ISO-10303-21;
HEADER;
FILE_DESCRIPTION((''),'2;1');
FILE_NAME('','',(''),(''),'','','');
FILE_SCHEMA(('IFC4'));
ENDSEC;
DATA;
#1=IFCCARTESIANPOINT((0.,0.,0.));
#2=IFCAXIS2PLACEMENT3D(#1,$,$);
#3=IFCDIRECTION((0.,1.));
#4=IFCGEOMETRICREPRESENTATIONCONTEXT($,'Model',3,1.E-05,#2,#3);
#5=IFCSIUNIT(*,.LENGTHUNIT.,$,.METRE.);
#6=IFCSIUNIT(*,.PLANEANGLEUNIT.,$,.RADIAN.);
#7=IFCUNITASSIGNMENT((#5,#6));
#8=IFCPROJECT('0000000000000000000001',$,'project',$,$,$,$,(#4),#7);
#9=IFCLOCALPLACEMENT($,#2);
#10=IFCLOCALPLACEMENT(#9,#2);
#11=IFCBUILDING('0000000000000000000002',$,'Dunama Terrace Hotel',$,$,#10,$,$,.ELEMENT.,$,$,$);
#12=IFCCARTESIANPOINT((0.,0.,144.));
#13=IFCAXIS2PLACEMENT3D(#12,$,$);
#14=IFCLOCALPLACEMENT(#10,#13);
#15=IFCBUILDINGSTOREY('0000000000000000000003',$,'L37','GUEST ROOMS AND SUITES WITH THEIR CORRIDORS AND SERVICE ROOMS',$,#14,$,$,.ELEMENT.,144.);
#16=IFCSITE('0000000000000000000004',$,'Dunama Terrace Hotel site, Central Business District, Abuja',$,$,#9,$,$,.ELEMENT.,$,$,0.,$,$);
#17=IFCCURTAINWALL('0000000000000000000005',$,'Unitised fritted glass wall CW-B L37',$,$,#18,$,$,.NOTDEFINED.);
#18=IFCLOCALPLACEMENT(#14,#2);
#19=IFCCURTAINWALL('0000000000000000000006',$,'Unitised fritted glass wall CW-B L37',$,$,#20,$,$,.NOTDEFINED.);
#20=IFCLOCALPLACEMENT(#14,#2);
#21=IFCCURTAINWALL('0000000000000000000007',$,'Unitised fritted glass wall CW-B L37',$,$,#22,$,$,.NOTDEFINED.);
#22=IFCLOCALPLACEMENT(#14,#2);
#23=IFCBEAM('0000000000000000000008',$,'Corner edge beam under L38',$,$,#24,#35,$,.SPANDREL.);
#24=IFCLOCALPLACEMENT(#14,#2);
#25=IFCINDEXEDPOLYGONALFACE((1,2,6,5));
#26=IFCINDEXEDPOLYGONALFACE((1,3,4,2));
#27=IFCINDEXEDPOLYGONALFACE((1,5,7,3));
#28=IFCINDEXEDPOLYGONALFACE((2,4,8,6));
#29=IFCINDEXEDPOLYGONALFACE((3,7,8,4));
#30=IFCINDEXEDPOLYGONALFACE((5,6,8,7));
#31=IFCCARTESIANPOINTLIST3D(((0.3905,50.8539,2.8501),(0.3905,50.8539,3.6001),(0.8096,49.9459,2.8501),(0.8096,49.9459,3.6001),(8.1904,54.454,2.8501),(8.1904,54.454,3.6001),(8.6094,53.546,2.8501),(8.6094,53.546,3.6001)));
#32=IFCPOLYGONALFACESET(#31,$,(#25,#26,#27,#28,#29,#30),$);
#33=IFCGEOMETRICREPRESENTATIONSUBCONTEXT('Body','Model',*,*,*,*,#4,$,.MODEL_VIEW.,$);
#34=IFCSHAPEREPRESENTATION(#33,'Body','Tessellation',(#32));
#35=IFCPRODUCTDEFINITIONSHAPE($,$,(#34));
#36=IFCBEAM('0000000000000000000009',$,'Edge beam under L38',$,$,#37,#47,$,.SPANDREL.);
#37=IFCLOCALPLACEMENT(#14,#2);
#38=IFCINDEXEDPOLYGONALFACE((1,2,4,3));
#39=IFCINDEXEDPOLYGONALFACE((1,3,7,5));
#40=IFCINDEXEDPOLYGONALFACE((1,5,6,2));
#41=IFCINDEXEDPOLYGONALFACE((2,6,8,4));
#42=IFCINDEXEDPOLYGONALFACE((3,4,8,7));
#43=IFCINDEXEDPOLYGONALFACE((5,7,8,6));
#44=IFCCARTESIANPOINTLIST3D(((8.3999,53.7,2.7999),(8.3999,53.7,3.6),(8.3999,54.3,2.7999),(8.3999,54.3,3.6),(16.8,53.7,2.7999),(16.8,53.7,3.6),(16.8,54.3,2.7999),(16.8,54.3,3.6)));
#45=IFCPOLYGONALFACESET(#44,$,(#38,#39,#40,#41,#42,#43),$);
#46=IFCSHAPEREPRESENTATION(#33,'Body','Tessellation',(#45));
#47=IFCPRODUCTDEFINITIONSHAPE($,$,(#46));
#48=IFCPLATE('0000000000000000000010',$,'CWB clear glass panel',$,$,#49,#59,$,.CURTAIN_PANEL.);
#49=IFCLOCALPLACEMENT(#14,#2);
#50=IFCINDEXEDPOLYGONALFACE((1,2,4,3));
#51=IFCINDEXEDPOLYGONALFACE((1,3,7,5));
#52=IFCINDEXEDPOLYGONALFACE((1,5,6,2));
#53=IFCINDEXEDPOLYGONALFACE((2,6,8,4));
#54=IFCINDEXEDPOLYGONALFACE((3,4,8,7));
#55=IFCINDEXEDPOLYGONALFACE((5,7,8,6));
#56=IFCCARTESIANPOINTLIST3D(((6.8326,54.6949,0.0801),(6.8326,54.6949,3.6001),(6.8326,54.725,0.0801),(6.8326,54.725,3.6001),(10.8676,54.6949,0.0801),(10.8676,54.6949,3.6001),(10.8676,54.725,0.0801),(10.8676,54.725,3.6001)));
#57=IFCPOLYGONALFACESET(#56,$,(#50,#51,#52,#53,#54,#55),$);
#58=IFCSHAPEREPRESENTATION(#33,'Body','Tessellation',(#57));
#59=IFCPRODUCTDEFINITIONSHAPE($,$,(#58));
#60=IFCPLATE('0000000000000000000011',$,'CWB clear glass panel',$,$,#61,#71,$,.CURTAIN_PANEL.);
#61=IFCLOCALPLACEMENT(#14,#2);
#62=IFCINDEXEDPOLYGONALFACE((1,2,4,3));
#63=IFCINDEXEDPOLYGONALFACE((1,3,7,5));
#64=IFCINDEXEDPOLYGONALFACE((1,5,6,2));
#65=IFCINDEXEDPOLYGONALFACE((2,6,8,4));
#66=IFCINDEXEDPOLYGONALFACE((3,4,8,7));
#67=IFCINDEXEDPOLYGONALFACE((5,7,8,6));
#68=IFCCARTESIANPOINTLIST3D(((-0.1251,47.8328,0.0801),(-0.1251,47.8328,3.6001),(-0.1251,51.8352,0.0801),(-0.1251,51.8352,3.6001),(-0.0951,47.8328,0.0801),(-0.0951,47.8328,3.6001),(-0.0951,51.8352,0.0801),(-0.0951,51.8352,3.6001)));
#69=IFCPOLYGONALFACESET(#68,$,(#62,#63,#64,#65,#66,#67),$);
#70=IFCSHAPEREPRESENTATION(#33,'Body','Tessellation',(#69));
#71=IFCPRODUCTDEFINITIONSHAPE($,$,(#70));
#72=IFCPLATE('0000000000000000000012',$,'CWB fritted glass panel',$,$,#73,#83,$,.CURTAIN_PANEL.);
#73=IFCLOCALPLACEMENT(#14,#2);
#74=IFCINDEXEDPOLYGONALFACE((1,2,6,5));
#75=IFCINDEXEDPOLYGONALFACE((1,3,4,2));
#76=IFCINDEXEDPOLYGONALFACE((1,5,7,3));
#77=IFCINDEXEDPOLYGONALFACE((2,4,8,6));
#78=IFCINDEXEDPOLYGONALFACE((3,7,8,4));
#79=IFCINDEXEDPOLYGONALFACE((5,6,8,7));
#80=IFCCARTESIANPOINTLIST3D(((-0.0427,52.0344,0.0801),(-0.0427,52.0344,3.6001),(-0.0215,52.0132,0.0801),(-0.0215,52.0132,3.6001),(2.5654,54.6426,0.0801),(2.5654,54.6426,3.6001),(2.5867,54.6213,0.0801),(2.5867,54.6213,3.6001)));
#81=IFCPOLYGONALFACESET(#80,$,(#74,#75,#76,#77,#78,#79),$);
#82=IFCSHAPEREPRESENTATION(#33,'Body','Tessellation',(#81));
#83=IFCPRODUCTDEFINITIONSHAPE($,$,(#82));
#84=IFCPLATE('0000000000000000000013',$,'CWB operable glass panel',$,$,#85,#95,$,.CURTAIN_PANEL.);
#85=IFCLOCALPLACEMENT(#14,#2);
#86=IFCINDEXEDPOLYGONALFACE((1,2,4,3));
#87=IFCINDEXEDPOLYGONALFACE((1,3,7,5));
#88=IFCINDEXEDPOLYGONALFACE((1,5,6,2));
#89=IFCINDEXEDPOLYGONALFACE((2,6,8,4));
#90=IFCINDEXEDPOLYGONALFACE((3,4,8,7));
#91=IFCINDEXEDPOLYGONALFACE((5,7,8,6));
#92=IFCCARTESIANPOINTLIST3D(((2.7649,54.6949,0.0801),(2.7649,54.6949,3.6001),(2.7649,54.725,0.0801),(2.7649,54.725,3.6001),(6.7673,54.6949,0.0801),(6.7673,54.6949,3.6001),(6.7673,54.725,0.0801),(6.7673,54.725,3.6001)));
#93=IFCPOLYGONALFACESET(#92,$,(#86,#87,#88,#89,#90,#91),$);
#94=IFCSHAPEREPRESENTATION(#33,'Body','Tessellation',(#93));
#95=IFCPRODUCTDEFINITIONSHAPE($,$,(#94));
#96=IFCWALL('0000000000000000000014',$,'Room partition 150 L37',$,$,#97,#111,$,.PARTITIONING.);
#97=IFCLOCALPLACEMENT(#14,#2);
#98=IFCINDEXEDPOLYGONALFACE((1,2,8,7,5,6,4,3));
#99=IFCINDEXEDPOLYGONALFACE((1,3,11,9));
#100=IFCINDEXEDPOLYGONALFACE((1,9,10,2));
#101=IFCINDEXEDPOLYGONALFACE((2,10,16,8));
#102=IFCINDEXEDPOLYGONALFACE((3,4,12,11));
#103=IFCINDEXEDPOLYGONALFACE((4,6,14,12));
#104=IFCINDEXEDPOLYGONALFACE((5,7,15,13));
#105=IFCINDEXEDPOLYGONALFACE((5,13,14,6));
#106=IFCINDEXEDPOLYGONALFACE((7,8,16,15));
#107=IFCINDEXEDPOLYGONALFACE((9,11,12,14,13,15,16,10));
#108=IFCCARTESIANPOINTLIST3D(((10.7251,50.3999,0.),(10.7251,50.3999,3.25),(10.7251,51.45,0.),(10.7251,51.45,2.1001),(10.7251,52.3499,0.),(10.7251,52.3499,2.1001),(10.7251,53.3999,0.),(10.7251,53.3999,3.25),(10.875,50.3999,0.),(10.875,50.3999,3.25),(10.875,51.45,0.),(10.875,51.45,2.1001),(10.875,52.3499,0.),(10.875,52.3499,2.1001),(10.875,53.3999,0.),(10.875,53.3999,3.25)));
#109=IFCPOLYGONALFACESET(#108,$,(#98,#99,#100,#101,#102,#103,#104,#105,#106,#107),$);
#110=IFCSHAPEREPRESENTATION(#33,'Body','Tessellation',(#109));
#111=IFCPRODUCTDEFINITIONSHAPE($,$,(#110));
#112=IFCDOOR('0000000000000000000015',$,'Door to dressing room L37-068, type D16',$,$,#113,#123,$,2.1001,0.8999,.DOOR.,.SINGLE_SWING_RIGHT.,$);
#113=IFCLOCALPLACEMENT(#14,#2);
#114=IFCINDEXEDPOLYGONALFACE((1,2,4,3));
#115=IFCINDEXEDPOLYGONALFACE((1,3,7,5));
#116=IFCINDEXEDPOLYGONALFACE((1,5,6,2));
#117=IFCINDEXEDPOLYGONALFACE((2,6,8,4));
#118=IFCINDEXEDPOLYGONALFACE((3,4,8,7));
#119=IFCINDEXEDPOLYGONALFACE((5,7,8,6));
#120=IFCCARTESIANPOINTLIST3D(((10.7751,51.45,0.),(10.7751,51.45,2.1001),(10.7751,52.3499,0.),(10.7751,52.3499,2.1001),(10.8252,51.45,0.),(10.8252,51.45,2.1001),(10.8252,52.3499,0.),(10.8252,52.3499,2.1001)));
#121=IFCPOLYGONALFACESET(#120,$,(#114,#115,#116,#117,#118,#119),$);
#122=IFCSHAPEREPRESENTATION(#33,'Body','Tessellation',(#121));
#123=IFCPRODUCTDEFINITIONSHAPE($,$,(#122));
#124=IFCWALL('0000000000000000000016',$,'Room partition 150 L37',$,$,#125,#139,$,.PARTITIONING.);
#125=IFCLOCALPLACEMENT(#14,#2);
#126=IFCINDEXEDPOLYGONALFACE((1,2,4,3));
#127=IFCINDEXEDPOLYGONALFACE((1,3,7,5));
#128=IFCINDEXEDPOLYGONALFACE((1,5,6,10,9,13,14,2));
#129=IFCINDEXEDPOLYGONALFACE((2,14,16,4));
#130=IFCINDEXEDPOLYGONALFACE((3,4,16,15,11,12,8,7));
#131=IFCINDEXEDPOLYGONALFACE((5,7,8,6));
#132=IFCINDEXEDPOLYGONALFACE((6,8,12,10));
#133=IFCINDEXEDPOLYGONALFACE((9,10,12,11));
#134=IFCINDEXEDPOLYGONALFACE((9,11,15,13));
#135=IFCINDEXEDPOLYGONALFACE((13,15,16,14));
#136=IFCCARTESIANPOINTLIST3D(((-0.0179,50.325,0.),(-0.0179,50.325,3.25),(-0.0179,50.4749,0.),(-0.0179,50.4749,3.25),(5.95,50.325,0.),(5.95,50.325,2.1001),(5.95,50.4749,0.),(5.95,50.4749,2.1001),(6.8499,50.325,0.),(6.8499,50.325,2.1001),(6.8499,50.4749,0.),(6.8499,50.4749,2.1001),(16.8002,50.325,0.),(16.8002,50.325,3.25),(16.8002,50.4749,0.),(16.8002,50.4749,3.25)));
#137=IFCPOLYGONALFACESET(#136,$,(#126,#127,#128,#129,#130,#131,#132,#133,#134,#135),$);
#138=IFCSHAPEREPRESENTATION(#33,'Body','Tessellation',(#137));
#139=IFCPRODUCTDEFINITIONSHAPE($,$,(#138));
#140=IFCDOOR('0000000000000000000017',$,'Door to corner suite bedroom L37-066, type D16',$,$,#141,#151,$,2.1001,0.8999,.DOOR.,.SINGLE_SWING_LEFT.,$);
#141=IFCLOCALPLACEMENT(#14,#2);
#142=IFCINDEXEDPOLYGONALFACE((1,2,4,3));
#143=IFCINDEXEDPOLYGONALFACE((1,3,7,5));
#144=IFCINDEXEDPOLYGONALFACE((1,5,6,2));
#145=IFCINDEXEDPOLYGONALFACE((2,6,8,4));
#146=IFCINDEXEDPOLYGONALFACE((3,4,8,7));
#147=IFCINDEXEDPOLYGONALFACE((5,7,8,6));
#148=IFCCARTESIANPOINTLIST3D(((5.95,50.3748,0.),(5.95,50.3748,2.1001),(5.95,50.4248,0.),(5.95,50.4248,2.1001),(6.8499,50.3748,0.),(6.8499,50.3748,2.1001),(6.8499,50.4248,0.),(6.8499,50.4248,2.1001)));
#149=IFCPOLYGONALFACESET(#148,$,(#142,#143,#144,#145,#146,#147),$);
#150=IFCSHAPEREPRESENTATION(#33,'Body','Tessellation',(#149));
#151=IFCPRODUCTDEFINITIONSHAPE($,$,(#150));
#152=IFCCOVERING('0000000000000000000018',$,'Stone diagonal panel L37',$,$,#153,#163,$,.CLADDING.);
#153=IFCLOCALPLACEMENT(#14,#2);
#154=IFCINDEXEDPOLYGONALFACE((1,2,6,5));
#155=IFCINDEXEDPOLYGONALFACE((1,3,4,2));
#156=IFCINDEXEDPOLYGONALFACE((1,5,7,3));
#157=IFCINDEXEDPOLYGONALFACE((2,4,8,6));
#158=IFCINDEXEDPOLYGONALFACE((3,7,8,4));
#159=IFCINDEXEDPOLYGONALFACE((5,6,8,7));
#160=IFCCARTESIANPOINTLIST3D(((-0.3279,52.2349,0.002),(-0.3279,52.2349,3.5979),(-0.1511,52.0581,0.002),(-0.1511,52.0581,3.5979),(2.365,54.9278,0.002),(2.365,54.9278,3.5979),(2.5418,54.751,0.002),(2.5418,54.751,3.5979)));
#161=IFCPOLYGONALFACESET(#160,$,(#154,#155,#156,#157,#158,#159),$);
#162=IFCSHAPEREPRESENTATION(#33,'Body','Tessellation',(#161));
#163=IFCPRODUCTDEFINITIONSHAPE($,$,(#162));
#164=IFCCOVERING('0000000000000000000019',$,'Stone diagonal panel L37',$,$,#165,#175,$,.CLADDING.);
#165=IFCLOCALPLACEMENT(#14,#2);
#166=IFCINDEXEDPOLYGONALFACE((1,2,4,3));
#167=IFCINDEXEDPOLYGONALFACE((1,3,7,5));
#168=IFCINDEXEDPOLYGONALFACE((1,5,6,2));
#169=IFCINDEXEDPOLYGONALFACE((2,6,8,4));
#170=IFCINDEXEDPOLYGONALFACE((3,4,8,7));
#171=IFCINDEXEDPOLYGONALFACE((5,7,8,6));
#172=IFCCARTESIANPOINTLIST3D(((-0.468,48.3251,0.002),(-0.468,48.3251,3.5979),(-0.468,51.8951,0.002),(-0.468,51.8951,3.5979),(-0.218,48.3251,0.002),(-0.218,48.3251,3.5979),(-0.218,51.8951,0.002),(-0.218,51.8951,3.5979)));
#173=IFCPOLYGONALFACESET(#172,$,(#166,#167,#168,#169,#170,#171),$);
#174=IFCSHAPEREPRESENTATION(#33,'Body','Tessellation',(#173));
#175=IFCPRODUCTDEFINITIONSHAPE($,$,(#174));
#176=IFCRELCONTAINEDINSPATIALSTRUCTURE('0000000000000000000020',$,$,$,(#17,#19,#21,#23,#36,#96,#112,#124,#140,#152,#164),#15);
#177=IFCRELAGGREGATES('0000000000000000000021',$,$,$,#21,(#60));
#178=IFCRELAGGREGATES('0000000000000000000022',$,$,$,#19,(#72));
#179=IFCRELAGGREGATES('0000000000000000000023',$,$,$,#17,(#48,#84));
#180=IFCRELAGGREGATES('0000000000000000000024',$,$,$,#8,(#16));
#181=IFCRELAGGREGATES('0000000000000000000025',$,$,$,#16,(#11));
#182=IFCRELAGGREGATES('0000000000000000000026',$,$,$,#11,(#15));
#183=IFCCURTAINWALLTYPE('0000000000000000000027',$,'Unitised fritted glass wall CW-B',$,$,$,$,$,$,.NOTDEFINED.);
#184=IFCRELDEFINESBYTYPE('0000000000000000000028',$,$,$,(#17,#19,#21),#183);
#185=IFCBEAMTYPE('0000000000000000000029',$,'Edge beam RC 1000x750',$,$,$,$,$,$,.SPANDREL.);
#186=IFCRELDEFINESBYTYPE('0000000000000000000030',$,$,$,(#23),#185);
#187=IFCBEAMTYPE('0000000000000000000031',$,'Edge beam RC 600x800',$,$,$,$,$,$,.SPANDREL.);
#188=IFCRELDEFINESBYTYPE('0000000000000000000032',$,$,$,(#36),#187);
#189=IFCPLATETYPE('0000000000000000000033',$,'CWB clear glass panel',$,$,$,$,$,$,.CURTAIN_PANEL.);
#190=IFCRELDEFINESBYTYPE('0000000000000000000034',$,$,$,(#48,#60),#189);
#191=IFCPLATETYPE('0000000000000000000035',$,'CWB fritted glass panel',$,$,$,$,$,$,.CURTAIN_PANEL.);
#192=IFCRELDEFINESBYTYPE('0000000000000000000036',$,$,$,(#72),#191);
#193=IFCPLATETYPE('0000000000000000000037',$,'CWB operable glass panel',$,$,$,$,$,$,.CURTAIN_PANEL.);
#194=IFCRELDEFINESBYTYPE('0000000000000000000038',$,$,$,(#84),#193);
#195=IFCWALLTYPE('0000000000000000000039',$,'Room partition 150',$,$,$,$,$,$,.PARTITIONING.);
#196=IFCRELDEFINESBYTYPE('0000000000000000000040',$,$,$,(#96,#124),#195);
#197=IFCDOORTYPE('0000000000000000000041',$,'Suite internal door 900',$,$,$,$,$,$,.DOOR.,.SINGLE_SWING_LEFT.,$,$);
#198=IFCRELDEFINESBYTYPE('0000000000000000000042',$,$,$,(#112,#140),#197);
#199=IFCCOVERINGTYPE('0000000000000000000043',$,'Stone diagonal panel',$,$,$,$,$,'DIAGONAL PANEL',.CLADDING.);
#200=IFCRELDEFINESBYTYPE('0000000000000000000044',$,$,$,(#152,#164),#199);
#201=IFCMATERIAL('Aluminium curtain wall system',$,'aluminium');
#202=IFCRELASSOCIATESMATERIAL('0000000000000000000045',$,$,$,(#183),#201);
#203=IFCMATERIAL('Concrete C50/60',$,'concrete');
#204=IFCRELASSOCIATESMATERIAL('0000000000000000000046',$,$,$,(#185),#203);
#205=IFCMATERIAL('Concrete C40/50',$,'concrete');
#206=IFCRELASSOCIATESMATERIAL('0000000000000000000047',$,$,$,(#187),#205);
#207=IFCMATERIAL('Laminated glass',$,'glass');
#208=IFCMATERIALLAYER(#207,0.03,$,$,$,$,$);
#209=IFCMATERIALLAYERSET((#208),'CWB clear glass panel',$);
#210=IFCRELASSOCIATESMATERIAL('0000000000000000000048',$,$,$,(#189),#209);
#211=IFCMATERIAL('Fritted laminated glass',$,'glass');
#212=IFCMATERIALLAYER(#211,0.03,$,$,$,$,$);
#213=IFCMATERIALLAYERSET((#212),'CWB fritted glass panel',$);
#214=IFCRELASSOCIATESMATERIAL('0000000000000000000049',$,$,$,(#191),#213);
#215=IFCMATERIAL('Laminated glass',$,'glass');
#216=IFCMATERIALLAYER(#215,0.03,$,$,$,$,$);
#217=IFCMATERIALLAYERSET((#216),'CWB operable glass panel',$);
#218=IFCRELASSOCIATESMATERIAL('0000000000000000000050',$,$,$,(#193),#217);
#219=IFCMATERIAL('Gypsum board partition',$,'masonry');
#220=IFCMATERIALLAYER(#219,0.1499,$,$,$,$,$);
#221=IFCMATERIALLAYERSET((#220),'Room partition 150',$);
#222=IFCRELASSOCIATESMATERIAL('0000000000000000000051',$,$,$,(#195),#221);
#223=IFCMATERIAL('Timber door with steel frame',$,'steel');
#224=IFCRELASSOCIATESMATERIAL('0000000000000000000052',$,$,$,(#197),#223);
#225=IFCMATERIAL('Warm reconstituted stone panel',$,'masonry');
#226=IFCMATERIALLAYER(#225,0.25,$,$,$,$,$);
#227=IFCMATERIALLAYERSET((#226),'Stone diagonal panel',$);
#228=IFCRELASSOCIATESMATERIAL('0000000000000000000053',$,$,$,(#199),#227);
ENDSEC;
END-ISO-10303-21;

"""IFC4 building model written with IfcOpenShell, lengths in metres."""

from ifc_helpers import new_model, si_unit, direction, frame, frame_2d, origin, origin_2d, place, context, subcontext, project, spatial, rectangle, extrude, material, layer, layer_set, material_profile, profile_set, type_object, element, fill, aggregate, save


model = new_model("IFC4")

# Units and contexts
model_context = context("Model", 3, precision=1e-05, world=origin(), true_north=direction((0.0, 1.0)))
body_context = subcontext(model_context, "Body", "Model", "MODEL_VIEW")
ifc_project = project(units=[si_unit("LENGTHUNIT", "METRE"), si_unit("PLANEANGLEUNIT", "RADIAN")], contexts=[model_context])

# Site, building, storey
site_placement = place(None, origin())
site = spatial("IfcSite", under=ifc_project, at=site_placement, Name="Dunama Terrace Hotel site, Central Business District, Abuja", CompositionType="ELEMENT", RefElevation=0.0)
building_placement = place(site_placement, origin())
building = spatial("IfcBuilding", under=site, at=building_placement, Name="Dunama Terrace Hotel", CompositionType="ELEMENT")
storey_placement = place(building_placement, frame((0.0, 0.0, 144.0)))
storey = spatial("IfcBuildingStorey", under=building, at=storey_placement, Name="L37", Description="GUEST ROOMS AND SUITES WITH THEIR CORRIDORS AND SERVICE ROOMS", CompositionType="ELEMENT", Elevation=144.0)

# Curtain walls
ifc_material_1 = material(Name="Aluminium curtain wall system", Category="aluminium")
curtain_wall_type = type_object("IfcCurtainWallType", Name="Unitised fritted glass wall CW-B", PredefinedType="NOTDEFINED", material=ifc_material_1)
curtain_wall_1_placement = place(storey_placement, origin())
curtain_wall_1 = element("IfcCurtainWall", 1, at=curtain_wall_1_placement, inside=storey, type_object=curtain_wall_type, Name="Unitised fritted glass wall CW-B L37", PredefinedType="NOTDEFINED")
curtain_wall_2_placement = place(storey_placement, origin())
curtain_wall_2 = element("IfcCurtainWall", 2, at=curtain_wall_2_placement, inside=storey, type_object=curtain_wall_type, Name="Unitised fritted glass wall CW-B L37", PredefinedType="NOTDEFINED")
curtain_wall_3_placement = place(storey_placement, origin())
curtain_wall_3 = element("IfcCurtainWall", 3, at=curtain_wall_3_placement, inside=storey, type_object=curtain_wall_type, Name="Unitised fritted glass wall CW-B L37", PredefinedType="NOTDEFINED")

# Beams
ifc_material_2 = material(Name="Concrete C50/60", Category="concrete")
ifc_material_profile_1 = material_profile(ifc_material_2, rectangle(XDim=1.0, YDim=0.75, at=origin_2d()), Name="RC 1000x750")
ifc_profile_set_1 = profile_set([ifc_material_profile_1], Name="Concrete C50/60")
beam_type_1 = type_object("IfcBeamType", Name="Edge beam RC 1000x750", PredefinedType="SPANDREL", material=ifc_profile_set_1)
beam_1_placement = place(storey_placement, frame((8.3999, 54.0, 3.2251), z_axis=(-0.907951, -0.419076, 0.0), x_axis=(0.419076, -0.907951, 0.0)))
element("IfcBeam", 4, at=beam_1_placement, inside=storey, type_object=beam_type_1, Name="Corner edge beam under L38", PredefinedType="SPANDREL", context=body_context, shape_type="SweptSolid", body=[
    extrude(rectangle(XDim=1.0, YDim=0.75, at=origin_2d()), origin(), (0.0, 0.0, 1.0), 8.5906),
])
ifc_material_3 = material(Name="Concrete C40/50", Category="concrete")
ifc_material_profile_2 = material_profile(ifc_material_3, rectangle(XDim=0.6001, YDim=0.8, at=origin_2d()), Name="RC 600x800")
ifc_profile_set_2 = profile_set([ifc_material_profile_2], Name="Concrete C40/50")
beam_type_2 = type_object("IfcBeamType", Name="Edge beam RC 600x800", PredefinedType="SPANDREL", material=ifc_profile_set_2)
beam_2_placement = place(storey_placement, frame((8.3999, 54.0, 3.2), z_axis=(1.0, 0.0, 0.0), x_axis=(0.0, 1.0, 0.0)))
element("IfcBeam", 5, at=beam_2_placement, inside=storey, type_object=beam_type_2, Name="Edge beam under L38", PredefinedType="SPANDREL", context=body_context, shape_type="SweptSolid", body=[
    extrude(rectangle(XDim=0.6001, YDim=0.8, at=origin_2d()), origin(), (0.0, 0.0, 1.0), 8.4001),
])

# Plates
ifc_material_4 = material(Name="Laminated glass", Category="glass")
ifc_layer_1 = layer(ifc_material_4, 0.03)
ifc_layer_set_1 = layer_set([ifc_layer_1], Name="CWB clear glass panel")
plate_type_1 = type_object("IfcPlateType", Name="CWB clear glass panel", PredefinedType="CURTAIN_PANEL", material=ifc_layer_set_1)
plate_1_placement = place(storey_placement, frame((8.8501, 54.71, 0.0801), z_axis=(0.0, 0.0, 1.0), x_axis=(-1.0, 0.0, 0.0)))
plate_1 = element("IfcPlate", 6, at=plate_1_placement, type_object=plate_type_1, Name="CWB clear glass panel", PredefinedType="CURTAIN_PANEL", context=body_context, shape_type="SweptSolid", body=[
    extrude(rectangle(XDim=4.0349, YDim=0.03, at=origin_2d()), origin(), (0.0, 0.0, 1.0), 3.52),
])
plate_2_placement = place(storey_placement, frame((-0.1101, 49.834, 0.0801), z_axis=(0.0, 0.0, 1.0), x_axis=(0.0, -1.0, 0.0)))
plate_2 = element("IfcPlate", 7, at=plate_2_placement, type_object=plate_type_1, Name="CWB clear glass panel", PredefinedType="CURTAIN_PANEL", context=body_context, shape_type="SweptSolid", body=[
    extrude(rectangle(XDim=4.0024, YDim=0.03, at=origin_2d()), origin(), (0.0, 0.0, 1.0), 3.52),
])
aggregate(curtain_wall_3, [plate_2])
ifc_material_5 = material(Name="Fritted laminated glass", Category="glass")
ifc_layer_2 = layer(ifc_material_5, 0.03)
ifc_layer_set_2 = layer_set([ifc_layer_2], Name="CWB fritted glass panel")
plate_type_2 = type_object("IfcPlateType", Name="CWB fritted glass panel", PredefinedType="CURTAIN_PANEL", material=ifc_layer_set_2)
plate_3_placement = place(storey_placement, frame((1.272, 53.3279, 0.0801), z_axis=(0.0, 0.0, 1.0), x_axis=(-0.707107, -0.707107, 0.0)))
plate_3 = element("IfcPlate", 8, at=plate_3_placement, type_object=plate_type_2, Name="CWB fritted glass panel", PredefinedType="CURTAIN_PANEL", context=body_context, shape_type="SweptSolid", body=[
    extrude(rectangle(XDim=3.6885, YDim=0.03, at=origin_2d()), origin(), (0.0, 0.0, 1.0), 3.52),
])
aggregate(curtain_wall_2, [plate_3])
ifc_material_6 = material(Name="Laminated glass", Category="glass")
ifc_layer_3 = layer(ifc_material_6, 0.03)
ifc_layer_set_3 = layer_set([ifc_layer_3], Name="CWB operable glass panel")
plate_type_3 = type_object("IfcPlateType", Name="CWB operable glass panel", PredefinedType="CURTAIN_PANEL", material=ifc_layer_set_3)
plate_4_placement = place(storey_placement, frame((4.7661, 54.71, 0.0801), z_axis=(0.0, 0.0, 1.0), x_axis=(-1.0, 0.0, 0.0)))
plate_4 = element("IfcPlate", 9, at=plate_4_placement, type_object=plate_type_3, Name="CWB operable glass panel", PredefinedType="CURTAIN_PANEL", context=body_context, shape_type="SweptSolid", body=[
    extrude(rectangle(XDim=4.0024, YDim=0.03, at=origin_2d()), origin(), (0.0, 0.0, 1.0), 3.52),
])
aggregate(curtain_wall_1, [plate_1, plate_4])

# Walls, openings, doors
ifc_material_7 = material(Name="Gypsum board partition", Category="masonry")
ifc_layer_4 = layer(ifc_material_7, 0.1499)
ifc_layer_set_4 = layer_set([ifc_layer_4], Name="Room partition 150")
wall_type = type_object("IfcWallType", Name="Room partition 150", PredefinedType="PARTITIONING", material=ifc_layer_set_4)
wall_1_placement = place(storey_placement, frame((10.8, 50.3999, 0.0), z_axis=(0.0, 0.0, 1.0), x_axis=(0.0, 1.0, 0.0)))
wall_1 = element("IfcWall", 10, at=wall_1_placement, inside=storey, type_object=wall_type, Name="Room partition 150 L37", PredefinedType="PARTITIONING", context=body_context, shape_type="SweptSolid", body=[
    extrude(rectangle(XDim=3.0, YDim=0.1499, at=frame_2d((1.5, 0.0))), origin(), (0.0, 0.0, 1.0), 3.25),
])
opening_1_placement = place(wall_1_placement, frame((1.05, 0.0, 0.0)))
opening_1 = element("IfcOpeningElement", 11, at=opening_1_placement, cuts=wall_1, PredefinedType="OPENING", context=body_context, shape_type="SweptSolid", body=[
    extrude(rectangle(XDim=0.8999, YDim=2.1001, at=frame_2d((0.45, 1.05))), frame((0.0, 0.085, 0.0), z_axis=(0.0, -1.0, 0.0), x_axis=(1.0, 0.0, 0.0)), (0.0, 0.0, 1.0), 0.1699),
])
ifc_material_8 = material(Name="Timber door with steel frame", Category="steel")
door_type = type_object("IfcDoorType", Name="Suite internal door 900", OperationType="SINGLE_SWING_LEFT", PredefinedType="DOOR", material=ifc_material_8)
door_1_placement = place(opening_1_placement, frame((0.8999, 0.0, 0.0), z_axis=(0.0, 0.0, 1.0), x_axis=(-1.0, 0.0, 0.0)))
door_1 = element("IfcDoor", 12, at=door_1_placement, inside=storey, type_object=door_type, Name="Door to dressing room L37-068, type D16", OperationType="SINGLE_SWING_RIGHT", OverallHeight=2.1001, OverallWidth=0.8999, PredefinedType="DOOR", context=body_context, shape_type="SweptSolid", body=[
    extrude(rectangle(XDim=0.8999, YDim=2.1001, at=frame_2d((0.45, 1.05))), frame((0.0, 0.0251, 0.0), z_axis=(0.0, -1.0, 0.0), x_axis=(1.0, 0.0, 0.0)), (0.0, 0.0, 1.0), 0.05),
])
fill(opening_1, door_1)
wall_2_placement = place(storey_placement, frame((-0.0181, 50.3999, 0.0), z_axis=(0.0, 0.0, 1.0), x_axis=(1.0, 0.0, 0.0)))
wall_2 = element("IfcWall", 13, at=wall_2_placement, inside=storey, type_object=wall_type, Name="Room partition 150 L37", PredefinedType="PARTITIONING", context=body_context, shape_type="SweptSolid", body=[
    extrude(rectangle(XDim=16.8181, YDim=0.1499, at=frame_2d((8.4092, 0.0))), origin(), (0.0, 0.0, 1.0), 3.25),
])
opening_2_placement = place(wall_2_placement, frame((5.968, 0.0, 0.0)))
opening_2 = element("IfcOpeningElement", 14, at=opening_2_placement, cuts=wall_2, PredefinedType="OPENING", context=body_context, shape_type="SweptSolid", body=[
    extrude(rectangle(XDim=0.8999, YDim=2.1001, at=frame_2d((0.45, 1.05))), frame((0.0, 0.085, 0.0), z_axis=(0.0, -1.0, 0.0), x_axis=(1.0, 0.0, 0.0)), (0.0, 0.0, 1.0), 0.1699),
])
door_2_placement = place(opening_2_placement, origin())
door_2 = element("IfcDoor", 15, at=door_2_placement, inside=storey, type_object=door_type, Name="Door to corner suite bedroom L37-066, type D16", OperationType="SINGLE_SWING_LEFT", OverallHeight=2.1001, OverallWidth=0.8999, PredefinedType="DOOR", context=body_context, shape_type="SweptSolid", body=[
    extrude(rectangle(XDim=0.8999, YDim=2.1001, at=frame_2d((0.45, 1.05))), frame((0.0, 0.0249, 0.0), z_axis=(0.0, -1.0, 0.0), x_axis=(1.0, 0.0, 0.0)), (0.0, 0.0, 1.0), 0.05),
])
fill(opening_2, door_2)

# Coverings
ifc_material_9 = material(Name="Warm reconstituted stone panel", Category="masonry")
ifc_layer_5 = layer(ifc_material_9, 0.25)
ifc_layer_set_5 = layer_set([ifc_layer_5], Name="Stone diagonal panel")
covering_type = type_object("IfcCoveringType", Name="Stone diagonal panel", ElementType="DIAGONAL PANEL", PredefinedType="CLADDING", material=ifc_layer_set_5)
covering_1_placement = place(storey_placement, frame((1.1069, 53.4929, 0.002), z_axis=(0.0, 0.0, 1.0), x_axis=(-0.707107, -0.707107, 0.0)))
element("IfcCovering", 16, at=covering_1_placement, inside=storey, type_object=covering_type, Name="Stone diagonal panel L37", PredefinedType="CLADDING", context=body_context, shape_type="SweptSolid", body=[
    extrude(rectangle(XDim=3.8083, YDim=0.25, at=origin_2d()), origin(), (0.0, 0.0, 1.0), 3.5959),
])
covering_2_placement = place(storey_placement, frame((-0.343, 50.1101, 0.002), z_axis=(0.0, 0.0, 1.0), x_axis=(0.0, -1.0, 0.0)))
element("IfcCovering", 17, at=covering_2_placement, inside=storey, type_object=covering_type, Name="Stone diagonal panel L37", PredefinedType="CLADDING", context=body_context, shape_type="SweptSolid", body=[
    extrude(rectangle(XDim=3.5701, YDim=0.25, at=origin_2d()), origin(), (0.0, 0.0, 1.0), 3.5959),
])

save(model, "model.ifc")
